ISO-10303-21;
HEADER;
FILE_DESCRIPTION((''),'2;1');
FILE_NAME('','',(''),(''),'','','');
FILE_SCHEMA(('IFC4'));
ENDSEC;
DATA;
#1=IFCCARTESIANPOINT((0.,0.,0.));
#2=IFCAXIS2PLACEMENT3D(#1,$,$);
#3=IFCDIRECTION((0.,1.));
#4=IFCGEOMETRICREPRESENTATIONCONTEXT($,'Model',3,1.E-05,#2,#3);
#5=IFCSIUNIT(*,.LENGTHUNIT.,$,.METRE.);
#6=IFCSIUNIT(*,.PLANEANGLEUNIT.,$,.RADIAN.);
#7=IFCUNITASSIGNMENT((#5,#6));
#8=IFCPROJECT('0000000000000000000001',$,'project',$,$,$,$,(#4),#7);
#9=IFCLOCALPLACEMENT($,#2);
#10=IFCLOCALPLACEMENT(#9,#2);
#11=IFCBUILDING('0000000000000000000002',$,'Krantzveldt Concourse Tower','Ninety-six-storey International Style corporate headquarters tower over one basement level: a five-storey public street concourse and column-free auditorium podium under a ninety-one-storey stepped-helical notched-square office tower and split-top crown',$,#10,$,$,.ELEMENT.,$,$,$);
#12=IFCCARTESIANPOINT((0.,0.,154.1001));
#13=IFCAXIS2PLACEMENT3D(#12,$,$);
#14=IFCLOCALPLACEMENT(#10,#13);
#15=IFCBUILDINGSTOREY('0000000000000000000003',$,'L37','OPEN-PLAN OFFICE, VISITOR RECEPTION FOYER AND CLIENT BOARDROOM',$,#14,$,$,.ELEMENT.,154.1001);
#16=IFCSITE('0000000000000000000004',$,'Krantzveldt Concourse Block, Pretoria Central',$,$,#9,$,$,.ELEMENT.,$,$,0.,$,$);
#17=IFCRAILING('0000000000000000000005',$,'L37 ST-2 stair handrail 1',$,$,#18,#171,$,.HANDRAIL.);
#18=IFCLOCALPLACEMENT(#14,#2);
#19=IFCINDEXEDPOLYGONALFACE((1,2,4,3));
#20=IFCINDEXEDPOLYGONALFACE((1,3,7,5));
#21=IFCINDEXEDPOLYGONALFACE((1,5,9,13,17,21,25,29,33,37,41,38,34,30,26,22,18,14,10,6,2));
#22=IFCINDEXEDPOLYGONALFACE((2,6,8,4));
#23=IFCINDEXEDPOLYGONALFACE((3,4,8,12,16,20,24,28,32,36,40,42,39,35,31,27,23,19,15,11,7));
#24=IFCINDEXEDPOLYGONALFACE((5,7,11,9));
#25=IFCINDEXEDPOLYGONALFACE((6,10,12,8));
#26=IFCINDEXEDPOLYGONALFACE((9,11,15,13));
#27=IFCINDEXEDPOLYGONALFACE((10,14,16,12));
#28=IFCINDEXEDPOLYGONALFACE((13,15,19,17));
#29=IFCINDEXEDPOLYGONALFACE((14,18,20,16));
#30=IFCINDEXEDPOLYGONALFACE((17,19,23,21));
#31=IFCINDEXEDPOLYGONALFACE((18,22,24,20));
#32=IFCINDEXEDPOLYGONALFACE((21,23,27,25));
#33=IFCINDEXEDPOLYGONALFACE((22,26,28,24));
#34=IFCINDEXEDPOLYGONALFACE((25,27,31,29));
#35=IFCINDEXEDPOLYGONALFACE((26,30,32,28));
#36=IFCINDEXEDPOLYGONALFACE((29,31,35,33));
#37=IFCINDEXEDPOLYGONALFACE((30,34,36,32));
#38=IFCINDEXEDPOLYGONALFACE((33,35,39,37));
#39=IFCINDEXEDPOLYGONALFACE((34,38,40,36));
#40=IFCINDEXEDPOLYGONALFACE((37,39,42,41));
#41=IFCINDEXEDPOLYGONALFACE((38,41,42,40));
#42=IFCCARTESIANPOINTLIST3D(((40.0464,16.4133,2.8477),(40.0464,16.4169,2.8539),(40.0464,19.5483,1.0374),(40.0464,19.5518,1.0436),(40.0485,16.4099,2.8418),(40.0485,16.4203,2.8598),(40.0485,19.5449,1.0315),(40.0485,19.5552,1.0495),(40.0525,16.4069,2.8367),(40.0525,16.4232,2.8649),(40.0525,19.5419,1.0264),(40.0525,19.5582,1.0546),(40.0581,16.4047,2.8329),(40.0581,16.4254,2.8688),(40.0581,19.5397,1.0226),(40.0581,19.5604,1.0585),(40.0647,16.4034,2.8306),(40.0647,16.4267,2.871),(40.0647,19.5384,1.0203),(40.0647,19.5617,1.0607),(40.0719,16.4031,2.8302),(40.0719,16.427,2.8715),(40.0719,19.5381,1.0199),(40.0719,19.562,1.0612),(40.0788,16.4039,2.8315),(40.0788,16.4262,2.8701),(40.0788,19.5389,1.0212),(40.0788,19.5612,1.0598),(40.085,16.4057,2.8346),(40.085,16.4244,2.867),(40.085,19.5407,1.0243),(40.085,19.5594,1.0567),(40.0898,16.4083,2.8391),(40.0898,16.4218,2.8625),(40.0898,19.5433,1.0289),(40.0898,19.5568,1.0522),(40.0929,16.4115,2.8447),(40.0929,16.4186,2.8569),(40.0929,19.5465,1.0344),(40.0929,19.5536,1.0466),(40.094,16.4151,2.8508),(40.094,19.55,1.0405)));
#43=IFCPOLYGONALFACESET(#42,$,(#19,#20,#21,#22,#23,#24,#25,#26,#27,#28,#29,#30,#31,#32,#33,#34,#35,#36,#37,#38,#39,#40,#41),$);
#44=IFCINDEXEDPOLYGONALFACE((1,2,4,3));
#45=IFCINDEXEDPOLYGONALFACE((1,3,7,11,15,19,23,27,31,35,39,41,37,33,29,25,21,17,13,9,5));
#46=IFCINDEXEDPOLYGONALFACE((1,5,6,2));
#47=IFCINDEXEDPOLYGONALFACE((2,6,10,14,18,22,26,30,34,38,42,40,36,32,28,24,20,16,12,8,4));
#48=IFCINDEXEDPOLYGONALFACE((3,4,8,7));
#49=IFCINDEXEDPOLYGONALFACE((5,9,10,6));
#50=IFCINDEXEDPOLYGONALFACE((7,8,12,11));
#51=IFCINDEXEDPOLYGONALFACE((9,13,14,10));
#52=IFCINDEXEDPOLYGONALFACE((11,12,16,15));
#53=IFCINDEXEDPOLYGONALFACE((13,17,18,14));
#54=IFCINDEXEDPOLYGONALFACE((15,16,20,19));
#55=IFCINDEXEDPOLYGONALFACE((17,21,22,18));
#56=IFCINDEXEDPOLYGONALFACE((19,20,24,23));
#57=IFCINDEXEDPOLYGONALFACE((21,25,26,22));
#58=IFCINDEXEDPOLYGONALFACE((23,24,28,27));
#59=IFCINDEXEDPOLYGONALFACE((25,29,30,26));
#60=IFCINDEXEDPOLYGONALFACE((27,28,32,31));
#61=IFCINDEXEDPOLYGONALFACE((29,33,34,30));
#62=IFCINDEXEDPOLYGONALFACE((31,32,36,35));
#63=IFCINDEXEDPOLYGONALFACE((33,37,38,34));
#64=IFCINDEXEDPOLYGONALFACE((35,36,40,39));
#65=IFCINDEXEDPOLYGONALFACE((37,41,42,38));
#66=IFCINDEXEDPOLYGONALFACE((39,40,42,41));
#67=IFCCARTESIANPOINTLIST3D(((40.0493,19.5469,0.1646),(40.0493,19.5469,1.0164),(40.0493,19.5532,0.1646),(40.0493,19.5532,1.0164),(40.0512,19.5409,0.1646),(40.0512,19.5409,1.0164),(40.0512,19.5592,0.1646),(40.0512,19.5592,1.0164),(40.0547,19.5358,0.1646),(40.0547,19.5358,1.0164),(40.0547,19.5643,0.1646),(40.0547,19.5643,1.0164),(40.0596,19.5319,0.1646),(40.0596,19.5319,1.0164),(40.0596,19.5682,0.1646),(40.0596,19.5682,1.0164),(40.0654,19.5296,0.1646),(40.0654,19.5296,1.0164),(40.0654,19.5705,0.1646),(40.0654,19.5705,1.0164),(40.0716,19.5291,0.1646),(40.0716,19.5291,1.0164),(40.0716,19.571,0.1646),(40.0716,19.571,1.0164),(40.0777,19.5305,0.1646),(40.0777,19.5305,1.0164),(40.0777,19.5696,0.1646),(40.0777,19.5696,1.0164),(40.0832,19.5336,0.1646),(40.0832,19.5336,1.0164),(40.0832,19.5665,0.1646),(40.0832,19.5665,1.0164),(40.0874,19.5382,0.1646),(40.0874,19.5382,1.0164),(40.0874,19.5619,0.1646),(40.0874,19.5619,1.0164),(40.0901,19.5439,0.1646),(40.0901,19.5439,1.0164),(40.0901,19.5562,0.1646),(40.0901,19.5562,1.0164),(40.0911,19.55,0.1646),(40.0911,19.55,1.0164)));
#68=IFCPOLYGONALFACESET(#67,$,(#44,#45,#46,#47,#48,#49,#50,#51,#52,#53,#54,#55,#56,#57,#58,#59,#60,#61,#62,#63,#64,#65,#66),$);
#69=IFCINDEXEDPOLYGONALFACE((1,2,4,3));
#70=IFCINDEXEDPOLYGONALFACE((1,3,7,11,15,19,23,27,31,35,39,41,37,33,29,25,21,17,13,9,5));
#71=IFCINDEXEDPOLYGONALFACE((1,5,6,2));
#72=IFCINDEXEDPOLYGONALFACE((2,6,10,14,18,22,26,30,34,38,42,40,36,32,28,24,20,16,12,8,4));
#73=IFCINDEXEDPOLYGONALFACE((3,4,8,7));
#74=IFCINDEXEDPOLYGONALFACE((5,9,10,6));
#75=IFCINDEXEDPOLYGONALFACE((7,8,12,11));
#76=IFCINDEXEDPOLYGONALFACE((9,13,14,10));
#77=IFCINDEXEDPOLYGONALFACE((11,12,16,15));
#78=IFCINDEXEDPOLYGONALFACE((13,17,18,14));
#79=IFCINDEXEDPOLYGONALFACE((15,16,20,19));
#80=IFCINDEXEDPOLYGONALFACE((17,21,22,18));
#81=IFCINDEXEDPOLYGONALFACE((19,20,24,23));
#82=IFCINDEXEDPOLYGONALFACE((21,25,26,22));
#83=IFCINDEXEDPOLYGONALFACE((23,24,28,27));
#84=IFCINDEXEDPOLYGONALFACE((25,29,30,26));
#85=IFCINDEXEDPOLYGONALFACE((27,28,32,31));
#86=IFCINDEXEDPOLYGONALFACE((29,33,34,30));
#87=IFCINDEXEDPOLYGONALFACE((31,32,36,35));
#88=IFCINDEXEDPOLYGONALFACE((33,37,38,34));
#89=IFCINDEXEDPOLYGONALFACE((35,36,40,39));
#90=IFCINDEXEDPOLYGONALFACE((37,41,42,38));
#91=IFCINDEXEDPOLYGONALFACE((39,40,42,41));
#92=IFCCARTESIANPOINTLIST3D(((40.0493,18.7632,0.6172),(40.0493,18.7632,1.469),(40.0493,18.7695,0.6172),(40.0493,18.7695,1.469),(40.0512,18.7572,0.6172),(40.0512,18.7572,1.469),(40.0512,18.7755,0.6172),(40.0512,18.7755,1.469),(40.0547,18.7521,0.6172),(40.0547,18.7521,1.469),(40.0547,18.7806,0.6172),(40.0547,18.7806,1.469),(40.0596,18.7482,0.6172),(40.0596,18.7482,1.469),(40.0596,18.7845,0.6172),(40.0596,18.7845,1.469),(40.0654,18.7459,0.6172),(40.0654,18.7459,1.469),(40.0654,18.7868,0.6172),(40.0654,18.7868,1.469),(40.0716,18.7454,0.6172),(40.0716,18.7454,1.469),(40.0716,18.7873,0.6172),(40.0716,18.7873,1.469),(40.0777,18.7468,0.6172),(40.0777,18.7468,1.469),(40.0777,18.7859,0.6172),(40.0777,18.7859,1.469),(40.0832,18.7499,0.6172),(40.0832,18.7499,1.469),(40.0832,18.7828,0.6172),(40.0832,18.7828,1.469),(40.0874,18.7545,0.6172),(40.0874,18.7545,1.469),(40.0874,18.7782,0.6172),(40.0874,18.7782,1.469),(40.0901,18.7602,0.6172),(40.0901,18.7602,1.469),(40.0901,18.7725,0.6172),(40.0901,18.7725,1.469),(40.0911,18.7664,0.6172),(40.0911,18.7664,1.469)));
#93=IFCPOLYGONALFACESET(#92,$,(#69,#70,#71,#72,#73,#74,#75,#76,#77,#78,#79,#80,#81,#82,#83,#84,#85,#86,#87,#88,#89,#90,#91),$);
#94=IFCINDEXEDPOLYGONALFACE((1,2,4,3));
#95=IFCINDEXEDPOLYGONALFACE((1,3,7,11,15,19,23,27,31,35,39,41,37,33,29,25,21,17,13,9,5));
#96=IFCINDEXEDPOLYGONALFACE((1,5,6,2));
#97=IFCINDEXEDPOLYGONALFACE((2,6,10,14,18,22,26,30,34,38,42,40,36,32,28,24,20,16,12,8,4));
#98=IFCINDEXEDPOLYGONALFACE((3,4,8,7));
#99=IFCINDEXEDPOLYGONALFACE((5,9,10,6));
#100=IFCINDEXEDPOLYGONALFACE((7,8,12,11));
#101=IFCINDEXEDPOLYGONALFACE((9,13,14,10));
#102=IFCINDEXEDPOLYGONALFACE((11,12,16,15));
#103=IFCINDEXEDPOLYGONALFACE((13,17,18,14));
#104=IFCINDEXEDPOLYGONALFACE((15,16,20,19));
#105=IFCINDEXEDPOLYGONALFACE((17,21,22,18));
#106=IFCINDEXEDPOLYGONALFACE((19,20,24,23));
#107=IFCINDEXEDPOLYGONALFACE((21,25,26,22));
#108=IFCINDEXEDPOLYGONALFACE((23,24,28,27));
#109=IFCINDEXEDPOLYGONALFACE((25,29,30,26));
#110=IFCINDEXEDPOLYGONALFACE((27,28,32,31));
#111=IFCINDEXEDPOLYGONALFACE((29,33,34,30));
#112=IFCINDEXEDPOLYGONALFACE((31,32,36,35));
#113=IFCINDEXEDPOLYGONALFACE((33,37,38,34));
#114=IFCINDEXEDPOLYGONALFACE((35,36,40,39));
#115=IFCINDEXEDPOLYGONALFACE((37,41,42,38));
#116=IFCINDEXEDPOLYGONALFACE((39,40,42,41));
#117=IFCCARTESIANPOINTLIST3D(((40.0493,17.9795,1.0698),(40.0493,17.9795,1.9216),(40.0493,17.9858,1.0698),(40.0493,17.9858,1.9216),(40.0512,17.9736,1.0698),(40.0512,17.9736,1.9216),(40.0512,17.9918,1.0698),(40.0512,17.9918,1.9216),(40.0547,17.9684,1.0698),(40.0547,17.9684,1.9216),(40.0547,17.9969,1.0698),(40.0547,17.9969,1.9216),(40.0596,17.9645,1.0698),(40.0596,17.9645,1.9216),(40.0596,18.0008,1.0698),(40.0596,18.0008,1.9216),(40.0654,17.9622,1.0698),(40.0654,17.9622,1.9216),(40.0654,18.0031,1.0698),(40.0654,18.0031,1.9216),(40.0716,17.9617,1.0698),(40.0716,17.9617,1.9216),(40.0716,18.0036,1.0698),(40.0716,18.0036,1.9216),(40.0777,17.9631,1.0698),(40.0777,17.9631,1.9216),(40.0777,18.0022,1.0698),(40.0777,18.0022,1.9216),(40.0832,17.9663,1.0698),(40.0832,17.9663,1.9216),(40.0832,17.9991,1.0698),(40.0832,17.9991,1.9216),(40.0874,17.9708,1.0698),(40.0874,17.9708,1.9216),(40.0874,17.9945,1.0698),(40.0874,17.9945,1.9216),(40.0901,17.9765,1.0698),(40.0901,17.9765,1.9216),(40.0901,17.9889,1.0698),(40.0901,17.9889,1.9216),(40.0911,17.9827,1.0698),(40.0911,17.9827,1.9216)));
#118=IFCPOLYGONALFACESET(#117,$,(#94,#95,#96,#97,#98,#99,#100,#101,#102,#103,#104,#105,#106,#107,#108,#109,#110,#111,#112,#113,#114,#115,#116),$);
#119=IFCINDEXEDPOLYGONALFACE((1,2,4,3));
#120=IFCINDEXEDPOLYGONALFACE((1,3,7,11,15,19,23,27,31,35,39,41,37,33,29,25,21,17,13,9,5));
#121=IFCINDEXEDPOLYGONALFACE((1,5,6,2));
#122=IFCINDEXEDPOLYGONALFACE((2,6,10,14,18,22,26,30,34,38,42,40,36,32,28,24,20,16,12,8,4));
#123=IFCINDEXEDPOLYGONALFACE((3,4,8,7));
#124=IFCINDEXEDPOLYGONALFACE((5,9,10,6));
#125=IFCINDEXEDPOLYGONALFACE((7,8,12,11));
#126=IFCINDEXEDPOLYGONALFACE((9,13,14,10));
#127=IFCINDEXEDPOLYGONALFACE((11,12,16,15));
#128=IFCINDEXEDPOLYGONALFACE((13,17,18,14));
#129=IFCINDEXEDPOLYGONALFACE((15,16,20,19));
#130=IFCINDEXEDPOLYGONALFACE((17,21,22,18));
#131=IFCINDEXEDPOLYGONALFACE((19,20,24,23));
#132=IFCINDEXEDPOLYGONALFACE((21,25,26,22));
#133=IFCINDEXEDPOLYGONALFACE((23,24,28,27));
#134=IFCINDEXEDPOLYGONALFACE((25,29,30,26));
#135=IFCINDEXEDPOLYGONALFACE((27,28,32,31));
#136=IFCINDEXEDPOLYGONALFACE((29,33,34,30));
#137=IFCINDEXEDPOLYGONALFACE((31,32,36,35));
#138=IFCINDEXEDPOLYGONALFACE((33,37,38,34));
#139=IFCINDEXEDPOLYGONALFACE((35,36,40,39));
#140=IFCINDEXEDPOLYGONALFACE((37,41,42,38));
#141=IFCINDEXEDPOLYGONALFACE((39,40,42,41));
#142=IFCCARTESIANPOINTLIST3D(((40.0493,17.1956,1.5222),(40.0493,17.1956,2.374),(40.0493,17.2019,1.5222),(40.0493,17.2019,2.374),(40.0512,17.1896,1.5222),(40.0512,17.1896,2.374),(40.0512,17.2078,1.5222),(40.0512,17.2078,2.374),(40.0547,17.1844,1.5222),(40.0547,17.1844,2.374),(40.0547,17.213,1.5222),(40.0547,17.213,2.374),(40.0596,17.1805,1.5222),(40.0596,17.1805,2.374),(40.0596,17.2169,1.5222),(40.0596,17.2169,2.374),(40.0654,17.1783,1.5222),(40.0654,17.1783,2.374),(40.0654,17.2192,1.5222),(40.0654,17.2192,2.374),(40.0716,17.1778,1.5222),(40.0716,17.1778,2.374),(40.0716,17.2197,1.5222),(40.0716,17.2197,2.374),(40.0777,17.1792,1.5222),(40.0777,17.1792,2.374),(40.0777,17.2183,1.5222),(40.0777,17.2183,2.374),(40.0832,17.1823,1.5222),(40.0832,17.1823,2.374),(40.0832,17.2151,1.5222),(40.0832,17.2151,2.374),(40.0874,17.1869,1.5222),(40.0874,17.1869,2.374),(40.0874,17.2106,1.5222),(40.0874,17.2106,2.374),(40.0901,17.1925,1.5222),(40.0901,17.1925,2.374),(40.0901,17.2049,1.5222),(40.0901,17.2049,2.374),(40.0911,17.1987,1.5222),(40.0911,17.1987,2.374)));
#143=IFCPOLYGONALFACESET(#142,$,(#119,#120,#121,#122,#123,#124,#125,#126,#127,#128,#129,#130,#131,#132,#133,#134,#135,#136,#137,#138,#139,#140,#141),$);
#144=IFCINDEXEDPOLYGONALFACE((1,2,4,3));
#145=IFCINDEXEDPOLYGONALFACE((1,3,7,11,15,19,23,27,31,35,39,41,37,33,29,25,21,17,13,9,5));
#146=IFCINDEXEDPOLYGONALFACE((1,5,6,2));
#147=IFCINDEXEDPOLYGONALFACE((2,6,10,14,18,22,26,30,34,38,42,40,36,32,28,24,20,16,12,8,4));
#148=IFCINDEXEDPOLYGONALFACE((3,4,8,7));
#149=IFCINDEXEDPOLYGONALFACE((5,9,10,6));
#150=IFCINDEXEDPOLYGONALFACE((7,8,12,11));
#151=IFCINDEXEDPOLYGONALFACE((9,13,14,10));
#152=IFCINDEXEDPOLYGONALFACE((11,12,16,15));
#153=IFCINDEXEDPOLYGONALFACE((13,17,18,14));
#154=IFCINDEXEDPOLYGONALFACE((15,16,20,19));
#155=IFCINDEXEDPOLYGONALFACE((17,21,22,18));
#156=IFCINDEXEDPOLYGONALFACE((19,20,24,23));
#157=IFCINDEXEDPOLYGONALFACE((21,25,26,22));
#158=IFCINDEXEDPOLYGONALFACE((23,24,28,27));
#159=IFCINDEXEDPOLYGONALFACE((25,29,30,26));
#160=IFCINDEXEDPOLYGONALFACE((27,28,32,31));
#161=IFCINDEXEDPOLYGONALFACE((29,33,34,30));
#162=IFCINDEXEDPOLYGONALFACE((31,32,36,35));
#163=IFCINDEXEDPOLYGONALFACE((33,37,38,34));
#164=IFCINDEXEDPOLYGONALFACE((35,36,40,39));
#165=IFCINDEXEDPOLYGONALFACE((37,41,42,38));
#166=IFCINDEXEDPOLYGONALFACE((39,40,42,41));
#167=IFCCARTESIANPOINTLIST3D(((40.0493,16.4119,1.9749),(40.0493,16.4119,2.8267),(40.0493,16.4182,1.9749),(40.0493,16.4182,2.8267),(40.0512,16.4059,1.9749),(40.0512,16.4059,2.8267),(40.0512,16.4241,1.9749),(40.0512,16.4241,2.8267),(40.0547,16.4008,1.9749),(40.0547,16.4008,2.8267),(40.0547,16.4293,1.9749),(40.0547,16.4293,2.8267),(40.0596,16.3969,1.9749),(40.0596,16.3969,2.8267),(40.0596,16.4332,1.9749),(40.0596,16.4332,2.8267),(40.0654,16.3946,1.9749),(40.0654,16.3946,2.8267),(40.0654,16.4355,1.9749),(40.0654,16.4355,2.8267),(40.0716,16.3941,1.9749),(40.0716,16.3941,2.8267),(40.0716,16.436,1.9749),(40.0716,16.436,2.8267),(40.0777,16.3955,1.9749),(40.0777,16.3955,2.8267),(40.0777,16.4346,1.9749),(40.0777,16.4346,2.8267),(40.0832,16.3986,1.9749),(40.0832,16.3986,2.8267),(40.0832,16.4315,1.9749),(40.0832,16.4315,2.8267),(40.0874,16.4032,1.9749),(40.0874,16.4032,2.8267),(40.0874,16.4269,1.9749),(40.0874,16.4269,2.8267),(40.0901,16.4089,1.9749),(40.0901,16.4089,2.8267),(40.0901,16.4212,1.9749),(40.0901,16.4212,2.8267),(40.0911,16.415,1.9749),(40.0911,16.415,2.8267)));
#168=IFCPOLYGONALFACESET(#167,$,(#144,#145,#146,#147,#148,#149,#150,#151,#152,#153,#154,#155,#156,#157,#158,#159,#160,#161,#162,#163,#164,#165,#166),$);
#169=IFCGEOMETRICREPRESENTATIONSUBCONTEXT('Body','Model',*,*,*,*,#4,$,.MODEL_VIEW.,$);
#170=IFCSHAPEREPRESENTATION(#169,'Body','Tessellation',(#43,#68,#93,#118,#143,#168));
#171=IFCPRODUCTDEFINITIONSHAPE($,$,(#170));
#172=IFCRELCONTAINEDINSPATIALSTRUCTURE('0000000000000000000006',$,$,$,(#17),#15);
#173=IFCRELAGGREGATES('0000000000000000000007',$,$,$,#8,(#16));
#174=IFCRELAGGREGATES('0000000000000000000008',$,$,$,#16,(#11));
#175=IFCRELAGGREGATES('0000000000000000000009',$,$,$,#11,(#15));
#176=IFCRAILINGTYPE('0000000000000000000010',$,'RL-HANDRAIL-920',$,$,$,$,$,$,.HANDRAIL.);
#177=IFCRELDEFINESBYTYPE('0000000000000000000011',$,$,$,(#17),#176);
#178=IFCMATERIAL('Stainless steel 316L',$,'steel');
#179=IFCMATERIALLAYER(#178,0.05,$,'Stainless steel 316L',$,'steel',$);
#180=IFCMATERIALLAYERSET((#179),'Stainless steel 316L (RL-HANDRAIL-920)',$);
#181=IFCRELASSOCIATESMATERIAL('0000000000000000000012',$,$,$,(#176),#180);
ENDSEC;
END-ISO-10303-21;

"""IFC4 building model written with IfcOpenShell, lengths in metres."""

from ifc_helpers import new_model, si_unit, direction, frame, origin, origin_2d, place, context, subcontext, project, spatial, circle, extrude, material, layer, layer_set, type_object, element, save


model = new_model("IFC4")

# Units and contexts
model_context = context("Model", 3, precision=1e-05, world=origin(), true_north=direction((0.0, 1.0)))
body_context = subcontext(model_context, "Body", "Model", "MODEL_VIEW")
ifc_project = project(units=[si_unit("LENGTHUNIT", "METRE"), si_unit("PLANEANGLEUNIT", "RADIAN")], contexts=[model_context])

# Site, building, storey
site_placement = place(None, origin())
site = spatial("IfcSite", under=ifc_project, at=site_placement, Name="Krantzveldt Concourse Block, Pretoria Central", CompositionType="ELEMENT", RefElevation=0.0)
building_placement = place(site_placement, origin())
building = spatial("IfcBuilding", under=site, at=building_placement, Name="Krantzveldt Concourse Tower", Description="Ninety-six-storey International Style corporate headquarters tower over one basement level: a five-storey public street concourse and column-free auditorium podium under a ninety-one-storey stepped-helical notched-square office tower and split-top crown", CompositionType="ELEMENT")
storey_placement = place(building_placement, frame((0.0, 0.0, 154.1001)))
storey = spatial("IfcBuildingStorey", under=building, at=storey_placement, Name="L37", Description="OPEN-PLAN OFFICE, VISITOR RECEPTION FOYER AND CLIENT BOARDROOM", CompositionType="ELEMENT", Elevation=154.1001)

# Shared definitions
ifc_material_1 = material(Name="Stainless steel 316L", Category="steel")

# Railing
ifc_layer_1 = layer(ifc_material_1, 0.05, Name="Stainless steel 316L", Category="steel")
ifc_layer_set_1 = layer_set([ifc_layer_1], Name="Stainless steel 316L (RL-HANDRAIL-920)")
railing_type_1 = type_object("IfcRailingType", Name="RL-HANDRAIL-920", PredefinedType="HANDRAIL", material=ifc_layer_set_1)
railing_1_placement = place(storey_placement, frame((40.0701, 19.55, 0.1646)))
element("IfcRailing", 1, at=railing_1_placement, inside=storey, type_object=railing_type_1, Name="L37 ST-2 stair handrail 1", PredefinedType="HANDRAIL", context=body_context, shape_type="SweptSolid", body=[
    extrude(circle(Radius=0.0239, at=origin_2d()), frame((0.0, 0.0, 0.876), z_axis=(0.0, -0.865989, 0.500063), x_axis=(1.0, 0.0, 0.0)), (0.0, 0.0, 1.0), 3.6201),
    extrude(circle(Radius=0.021, at=origin_2d()), origin(), (0.0, 0.0, 1.0), 0.8518),
    extrude(circle(Radius=0.021, at=origin_2d()), frame((0.0, -0.7837, 0.4526)), (0.0, 0.0, 1.0), 0.8518),
    extrude(circle(Radius=0.021, at=origin_2d()), frame((0.0, -1.5674, 0.9053)), (0.0, 0.0, 1.0), 0.8518),
    extrude(circle(Radius=0.021, at=origin_2d()), frame((0.0, -2.3513, 1.3577)), (0.0, 0.0, 1.0), 0.8518),
    extrude(circle(Radius=0.021, at=origin_2d()), frame((0.0, -3.135, 1.8103)), (0.0, 0.0, 1.0), 0.8518),
])

save(model, "model.ifc")
